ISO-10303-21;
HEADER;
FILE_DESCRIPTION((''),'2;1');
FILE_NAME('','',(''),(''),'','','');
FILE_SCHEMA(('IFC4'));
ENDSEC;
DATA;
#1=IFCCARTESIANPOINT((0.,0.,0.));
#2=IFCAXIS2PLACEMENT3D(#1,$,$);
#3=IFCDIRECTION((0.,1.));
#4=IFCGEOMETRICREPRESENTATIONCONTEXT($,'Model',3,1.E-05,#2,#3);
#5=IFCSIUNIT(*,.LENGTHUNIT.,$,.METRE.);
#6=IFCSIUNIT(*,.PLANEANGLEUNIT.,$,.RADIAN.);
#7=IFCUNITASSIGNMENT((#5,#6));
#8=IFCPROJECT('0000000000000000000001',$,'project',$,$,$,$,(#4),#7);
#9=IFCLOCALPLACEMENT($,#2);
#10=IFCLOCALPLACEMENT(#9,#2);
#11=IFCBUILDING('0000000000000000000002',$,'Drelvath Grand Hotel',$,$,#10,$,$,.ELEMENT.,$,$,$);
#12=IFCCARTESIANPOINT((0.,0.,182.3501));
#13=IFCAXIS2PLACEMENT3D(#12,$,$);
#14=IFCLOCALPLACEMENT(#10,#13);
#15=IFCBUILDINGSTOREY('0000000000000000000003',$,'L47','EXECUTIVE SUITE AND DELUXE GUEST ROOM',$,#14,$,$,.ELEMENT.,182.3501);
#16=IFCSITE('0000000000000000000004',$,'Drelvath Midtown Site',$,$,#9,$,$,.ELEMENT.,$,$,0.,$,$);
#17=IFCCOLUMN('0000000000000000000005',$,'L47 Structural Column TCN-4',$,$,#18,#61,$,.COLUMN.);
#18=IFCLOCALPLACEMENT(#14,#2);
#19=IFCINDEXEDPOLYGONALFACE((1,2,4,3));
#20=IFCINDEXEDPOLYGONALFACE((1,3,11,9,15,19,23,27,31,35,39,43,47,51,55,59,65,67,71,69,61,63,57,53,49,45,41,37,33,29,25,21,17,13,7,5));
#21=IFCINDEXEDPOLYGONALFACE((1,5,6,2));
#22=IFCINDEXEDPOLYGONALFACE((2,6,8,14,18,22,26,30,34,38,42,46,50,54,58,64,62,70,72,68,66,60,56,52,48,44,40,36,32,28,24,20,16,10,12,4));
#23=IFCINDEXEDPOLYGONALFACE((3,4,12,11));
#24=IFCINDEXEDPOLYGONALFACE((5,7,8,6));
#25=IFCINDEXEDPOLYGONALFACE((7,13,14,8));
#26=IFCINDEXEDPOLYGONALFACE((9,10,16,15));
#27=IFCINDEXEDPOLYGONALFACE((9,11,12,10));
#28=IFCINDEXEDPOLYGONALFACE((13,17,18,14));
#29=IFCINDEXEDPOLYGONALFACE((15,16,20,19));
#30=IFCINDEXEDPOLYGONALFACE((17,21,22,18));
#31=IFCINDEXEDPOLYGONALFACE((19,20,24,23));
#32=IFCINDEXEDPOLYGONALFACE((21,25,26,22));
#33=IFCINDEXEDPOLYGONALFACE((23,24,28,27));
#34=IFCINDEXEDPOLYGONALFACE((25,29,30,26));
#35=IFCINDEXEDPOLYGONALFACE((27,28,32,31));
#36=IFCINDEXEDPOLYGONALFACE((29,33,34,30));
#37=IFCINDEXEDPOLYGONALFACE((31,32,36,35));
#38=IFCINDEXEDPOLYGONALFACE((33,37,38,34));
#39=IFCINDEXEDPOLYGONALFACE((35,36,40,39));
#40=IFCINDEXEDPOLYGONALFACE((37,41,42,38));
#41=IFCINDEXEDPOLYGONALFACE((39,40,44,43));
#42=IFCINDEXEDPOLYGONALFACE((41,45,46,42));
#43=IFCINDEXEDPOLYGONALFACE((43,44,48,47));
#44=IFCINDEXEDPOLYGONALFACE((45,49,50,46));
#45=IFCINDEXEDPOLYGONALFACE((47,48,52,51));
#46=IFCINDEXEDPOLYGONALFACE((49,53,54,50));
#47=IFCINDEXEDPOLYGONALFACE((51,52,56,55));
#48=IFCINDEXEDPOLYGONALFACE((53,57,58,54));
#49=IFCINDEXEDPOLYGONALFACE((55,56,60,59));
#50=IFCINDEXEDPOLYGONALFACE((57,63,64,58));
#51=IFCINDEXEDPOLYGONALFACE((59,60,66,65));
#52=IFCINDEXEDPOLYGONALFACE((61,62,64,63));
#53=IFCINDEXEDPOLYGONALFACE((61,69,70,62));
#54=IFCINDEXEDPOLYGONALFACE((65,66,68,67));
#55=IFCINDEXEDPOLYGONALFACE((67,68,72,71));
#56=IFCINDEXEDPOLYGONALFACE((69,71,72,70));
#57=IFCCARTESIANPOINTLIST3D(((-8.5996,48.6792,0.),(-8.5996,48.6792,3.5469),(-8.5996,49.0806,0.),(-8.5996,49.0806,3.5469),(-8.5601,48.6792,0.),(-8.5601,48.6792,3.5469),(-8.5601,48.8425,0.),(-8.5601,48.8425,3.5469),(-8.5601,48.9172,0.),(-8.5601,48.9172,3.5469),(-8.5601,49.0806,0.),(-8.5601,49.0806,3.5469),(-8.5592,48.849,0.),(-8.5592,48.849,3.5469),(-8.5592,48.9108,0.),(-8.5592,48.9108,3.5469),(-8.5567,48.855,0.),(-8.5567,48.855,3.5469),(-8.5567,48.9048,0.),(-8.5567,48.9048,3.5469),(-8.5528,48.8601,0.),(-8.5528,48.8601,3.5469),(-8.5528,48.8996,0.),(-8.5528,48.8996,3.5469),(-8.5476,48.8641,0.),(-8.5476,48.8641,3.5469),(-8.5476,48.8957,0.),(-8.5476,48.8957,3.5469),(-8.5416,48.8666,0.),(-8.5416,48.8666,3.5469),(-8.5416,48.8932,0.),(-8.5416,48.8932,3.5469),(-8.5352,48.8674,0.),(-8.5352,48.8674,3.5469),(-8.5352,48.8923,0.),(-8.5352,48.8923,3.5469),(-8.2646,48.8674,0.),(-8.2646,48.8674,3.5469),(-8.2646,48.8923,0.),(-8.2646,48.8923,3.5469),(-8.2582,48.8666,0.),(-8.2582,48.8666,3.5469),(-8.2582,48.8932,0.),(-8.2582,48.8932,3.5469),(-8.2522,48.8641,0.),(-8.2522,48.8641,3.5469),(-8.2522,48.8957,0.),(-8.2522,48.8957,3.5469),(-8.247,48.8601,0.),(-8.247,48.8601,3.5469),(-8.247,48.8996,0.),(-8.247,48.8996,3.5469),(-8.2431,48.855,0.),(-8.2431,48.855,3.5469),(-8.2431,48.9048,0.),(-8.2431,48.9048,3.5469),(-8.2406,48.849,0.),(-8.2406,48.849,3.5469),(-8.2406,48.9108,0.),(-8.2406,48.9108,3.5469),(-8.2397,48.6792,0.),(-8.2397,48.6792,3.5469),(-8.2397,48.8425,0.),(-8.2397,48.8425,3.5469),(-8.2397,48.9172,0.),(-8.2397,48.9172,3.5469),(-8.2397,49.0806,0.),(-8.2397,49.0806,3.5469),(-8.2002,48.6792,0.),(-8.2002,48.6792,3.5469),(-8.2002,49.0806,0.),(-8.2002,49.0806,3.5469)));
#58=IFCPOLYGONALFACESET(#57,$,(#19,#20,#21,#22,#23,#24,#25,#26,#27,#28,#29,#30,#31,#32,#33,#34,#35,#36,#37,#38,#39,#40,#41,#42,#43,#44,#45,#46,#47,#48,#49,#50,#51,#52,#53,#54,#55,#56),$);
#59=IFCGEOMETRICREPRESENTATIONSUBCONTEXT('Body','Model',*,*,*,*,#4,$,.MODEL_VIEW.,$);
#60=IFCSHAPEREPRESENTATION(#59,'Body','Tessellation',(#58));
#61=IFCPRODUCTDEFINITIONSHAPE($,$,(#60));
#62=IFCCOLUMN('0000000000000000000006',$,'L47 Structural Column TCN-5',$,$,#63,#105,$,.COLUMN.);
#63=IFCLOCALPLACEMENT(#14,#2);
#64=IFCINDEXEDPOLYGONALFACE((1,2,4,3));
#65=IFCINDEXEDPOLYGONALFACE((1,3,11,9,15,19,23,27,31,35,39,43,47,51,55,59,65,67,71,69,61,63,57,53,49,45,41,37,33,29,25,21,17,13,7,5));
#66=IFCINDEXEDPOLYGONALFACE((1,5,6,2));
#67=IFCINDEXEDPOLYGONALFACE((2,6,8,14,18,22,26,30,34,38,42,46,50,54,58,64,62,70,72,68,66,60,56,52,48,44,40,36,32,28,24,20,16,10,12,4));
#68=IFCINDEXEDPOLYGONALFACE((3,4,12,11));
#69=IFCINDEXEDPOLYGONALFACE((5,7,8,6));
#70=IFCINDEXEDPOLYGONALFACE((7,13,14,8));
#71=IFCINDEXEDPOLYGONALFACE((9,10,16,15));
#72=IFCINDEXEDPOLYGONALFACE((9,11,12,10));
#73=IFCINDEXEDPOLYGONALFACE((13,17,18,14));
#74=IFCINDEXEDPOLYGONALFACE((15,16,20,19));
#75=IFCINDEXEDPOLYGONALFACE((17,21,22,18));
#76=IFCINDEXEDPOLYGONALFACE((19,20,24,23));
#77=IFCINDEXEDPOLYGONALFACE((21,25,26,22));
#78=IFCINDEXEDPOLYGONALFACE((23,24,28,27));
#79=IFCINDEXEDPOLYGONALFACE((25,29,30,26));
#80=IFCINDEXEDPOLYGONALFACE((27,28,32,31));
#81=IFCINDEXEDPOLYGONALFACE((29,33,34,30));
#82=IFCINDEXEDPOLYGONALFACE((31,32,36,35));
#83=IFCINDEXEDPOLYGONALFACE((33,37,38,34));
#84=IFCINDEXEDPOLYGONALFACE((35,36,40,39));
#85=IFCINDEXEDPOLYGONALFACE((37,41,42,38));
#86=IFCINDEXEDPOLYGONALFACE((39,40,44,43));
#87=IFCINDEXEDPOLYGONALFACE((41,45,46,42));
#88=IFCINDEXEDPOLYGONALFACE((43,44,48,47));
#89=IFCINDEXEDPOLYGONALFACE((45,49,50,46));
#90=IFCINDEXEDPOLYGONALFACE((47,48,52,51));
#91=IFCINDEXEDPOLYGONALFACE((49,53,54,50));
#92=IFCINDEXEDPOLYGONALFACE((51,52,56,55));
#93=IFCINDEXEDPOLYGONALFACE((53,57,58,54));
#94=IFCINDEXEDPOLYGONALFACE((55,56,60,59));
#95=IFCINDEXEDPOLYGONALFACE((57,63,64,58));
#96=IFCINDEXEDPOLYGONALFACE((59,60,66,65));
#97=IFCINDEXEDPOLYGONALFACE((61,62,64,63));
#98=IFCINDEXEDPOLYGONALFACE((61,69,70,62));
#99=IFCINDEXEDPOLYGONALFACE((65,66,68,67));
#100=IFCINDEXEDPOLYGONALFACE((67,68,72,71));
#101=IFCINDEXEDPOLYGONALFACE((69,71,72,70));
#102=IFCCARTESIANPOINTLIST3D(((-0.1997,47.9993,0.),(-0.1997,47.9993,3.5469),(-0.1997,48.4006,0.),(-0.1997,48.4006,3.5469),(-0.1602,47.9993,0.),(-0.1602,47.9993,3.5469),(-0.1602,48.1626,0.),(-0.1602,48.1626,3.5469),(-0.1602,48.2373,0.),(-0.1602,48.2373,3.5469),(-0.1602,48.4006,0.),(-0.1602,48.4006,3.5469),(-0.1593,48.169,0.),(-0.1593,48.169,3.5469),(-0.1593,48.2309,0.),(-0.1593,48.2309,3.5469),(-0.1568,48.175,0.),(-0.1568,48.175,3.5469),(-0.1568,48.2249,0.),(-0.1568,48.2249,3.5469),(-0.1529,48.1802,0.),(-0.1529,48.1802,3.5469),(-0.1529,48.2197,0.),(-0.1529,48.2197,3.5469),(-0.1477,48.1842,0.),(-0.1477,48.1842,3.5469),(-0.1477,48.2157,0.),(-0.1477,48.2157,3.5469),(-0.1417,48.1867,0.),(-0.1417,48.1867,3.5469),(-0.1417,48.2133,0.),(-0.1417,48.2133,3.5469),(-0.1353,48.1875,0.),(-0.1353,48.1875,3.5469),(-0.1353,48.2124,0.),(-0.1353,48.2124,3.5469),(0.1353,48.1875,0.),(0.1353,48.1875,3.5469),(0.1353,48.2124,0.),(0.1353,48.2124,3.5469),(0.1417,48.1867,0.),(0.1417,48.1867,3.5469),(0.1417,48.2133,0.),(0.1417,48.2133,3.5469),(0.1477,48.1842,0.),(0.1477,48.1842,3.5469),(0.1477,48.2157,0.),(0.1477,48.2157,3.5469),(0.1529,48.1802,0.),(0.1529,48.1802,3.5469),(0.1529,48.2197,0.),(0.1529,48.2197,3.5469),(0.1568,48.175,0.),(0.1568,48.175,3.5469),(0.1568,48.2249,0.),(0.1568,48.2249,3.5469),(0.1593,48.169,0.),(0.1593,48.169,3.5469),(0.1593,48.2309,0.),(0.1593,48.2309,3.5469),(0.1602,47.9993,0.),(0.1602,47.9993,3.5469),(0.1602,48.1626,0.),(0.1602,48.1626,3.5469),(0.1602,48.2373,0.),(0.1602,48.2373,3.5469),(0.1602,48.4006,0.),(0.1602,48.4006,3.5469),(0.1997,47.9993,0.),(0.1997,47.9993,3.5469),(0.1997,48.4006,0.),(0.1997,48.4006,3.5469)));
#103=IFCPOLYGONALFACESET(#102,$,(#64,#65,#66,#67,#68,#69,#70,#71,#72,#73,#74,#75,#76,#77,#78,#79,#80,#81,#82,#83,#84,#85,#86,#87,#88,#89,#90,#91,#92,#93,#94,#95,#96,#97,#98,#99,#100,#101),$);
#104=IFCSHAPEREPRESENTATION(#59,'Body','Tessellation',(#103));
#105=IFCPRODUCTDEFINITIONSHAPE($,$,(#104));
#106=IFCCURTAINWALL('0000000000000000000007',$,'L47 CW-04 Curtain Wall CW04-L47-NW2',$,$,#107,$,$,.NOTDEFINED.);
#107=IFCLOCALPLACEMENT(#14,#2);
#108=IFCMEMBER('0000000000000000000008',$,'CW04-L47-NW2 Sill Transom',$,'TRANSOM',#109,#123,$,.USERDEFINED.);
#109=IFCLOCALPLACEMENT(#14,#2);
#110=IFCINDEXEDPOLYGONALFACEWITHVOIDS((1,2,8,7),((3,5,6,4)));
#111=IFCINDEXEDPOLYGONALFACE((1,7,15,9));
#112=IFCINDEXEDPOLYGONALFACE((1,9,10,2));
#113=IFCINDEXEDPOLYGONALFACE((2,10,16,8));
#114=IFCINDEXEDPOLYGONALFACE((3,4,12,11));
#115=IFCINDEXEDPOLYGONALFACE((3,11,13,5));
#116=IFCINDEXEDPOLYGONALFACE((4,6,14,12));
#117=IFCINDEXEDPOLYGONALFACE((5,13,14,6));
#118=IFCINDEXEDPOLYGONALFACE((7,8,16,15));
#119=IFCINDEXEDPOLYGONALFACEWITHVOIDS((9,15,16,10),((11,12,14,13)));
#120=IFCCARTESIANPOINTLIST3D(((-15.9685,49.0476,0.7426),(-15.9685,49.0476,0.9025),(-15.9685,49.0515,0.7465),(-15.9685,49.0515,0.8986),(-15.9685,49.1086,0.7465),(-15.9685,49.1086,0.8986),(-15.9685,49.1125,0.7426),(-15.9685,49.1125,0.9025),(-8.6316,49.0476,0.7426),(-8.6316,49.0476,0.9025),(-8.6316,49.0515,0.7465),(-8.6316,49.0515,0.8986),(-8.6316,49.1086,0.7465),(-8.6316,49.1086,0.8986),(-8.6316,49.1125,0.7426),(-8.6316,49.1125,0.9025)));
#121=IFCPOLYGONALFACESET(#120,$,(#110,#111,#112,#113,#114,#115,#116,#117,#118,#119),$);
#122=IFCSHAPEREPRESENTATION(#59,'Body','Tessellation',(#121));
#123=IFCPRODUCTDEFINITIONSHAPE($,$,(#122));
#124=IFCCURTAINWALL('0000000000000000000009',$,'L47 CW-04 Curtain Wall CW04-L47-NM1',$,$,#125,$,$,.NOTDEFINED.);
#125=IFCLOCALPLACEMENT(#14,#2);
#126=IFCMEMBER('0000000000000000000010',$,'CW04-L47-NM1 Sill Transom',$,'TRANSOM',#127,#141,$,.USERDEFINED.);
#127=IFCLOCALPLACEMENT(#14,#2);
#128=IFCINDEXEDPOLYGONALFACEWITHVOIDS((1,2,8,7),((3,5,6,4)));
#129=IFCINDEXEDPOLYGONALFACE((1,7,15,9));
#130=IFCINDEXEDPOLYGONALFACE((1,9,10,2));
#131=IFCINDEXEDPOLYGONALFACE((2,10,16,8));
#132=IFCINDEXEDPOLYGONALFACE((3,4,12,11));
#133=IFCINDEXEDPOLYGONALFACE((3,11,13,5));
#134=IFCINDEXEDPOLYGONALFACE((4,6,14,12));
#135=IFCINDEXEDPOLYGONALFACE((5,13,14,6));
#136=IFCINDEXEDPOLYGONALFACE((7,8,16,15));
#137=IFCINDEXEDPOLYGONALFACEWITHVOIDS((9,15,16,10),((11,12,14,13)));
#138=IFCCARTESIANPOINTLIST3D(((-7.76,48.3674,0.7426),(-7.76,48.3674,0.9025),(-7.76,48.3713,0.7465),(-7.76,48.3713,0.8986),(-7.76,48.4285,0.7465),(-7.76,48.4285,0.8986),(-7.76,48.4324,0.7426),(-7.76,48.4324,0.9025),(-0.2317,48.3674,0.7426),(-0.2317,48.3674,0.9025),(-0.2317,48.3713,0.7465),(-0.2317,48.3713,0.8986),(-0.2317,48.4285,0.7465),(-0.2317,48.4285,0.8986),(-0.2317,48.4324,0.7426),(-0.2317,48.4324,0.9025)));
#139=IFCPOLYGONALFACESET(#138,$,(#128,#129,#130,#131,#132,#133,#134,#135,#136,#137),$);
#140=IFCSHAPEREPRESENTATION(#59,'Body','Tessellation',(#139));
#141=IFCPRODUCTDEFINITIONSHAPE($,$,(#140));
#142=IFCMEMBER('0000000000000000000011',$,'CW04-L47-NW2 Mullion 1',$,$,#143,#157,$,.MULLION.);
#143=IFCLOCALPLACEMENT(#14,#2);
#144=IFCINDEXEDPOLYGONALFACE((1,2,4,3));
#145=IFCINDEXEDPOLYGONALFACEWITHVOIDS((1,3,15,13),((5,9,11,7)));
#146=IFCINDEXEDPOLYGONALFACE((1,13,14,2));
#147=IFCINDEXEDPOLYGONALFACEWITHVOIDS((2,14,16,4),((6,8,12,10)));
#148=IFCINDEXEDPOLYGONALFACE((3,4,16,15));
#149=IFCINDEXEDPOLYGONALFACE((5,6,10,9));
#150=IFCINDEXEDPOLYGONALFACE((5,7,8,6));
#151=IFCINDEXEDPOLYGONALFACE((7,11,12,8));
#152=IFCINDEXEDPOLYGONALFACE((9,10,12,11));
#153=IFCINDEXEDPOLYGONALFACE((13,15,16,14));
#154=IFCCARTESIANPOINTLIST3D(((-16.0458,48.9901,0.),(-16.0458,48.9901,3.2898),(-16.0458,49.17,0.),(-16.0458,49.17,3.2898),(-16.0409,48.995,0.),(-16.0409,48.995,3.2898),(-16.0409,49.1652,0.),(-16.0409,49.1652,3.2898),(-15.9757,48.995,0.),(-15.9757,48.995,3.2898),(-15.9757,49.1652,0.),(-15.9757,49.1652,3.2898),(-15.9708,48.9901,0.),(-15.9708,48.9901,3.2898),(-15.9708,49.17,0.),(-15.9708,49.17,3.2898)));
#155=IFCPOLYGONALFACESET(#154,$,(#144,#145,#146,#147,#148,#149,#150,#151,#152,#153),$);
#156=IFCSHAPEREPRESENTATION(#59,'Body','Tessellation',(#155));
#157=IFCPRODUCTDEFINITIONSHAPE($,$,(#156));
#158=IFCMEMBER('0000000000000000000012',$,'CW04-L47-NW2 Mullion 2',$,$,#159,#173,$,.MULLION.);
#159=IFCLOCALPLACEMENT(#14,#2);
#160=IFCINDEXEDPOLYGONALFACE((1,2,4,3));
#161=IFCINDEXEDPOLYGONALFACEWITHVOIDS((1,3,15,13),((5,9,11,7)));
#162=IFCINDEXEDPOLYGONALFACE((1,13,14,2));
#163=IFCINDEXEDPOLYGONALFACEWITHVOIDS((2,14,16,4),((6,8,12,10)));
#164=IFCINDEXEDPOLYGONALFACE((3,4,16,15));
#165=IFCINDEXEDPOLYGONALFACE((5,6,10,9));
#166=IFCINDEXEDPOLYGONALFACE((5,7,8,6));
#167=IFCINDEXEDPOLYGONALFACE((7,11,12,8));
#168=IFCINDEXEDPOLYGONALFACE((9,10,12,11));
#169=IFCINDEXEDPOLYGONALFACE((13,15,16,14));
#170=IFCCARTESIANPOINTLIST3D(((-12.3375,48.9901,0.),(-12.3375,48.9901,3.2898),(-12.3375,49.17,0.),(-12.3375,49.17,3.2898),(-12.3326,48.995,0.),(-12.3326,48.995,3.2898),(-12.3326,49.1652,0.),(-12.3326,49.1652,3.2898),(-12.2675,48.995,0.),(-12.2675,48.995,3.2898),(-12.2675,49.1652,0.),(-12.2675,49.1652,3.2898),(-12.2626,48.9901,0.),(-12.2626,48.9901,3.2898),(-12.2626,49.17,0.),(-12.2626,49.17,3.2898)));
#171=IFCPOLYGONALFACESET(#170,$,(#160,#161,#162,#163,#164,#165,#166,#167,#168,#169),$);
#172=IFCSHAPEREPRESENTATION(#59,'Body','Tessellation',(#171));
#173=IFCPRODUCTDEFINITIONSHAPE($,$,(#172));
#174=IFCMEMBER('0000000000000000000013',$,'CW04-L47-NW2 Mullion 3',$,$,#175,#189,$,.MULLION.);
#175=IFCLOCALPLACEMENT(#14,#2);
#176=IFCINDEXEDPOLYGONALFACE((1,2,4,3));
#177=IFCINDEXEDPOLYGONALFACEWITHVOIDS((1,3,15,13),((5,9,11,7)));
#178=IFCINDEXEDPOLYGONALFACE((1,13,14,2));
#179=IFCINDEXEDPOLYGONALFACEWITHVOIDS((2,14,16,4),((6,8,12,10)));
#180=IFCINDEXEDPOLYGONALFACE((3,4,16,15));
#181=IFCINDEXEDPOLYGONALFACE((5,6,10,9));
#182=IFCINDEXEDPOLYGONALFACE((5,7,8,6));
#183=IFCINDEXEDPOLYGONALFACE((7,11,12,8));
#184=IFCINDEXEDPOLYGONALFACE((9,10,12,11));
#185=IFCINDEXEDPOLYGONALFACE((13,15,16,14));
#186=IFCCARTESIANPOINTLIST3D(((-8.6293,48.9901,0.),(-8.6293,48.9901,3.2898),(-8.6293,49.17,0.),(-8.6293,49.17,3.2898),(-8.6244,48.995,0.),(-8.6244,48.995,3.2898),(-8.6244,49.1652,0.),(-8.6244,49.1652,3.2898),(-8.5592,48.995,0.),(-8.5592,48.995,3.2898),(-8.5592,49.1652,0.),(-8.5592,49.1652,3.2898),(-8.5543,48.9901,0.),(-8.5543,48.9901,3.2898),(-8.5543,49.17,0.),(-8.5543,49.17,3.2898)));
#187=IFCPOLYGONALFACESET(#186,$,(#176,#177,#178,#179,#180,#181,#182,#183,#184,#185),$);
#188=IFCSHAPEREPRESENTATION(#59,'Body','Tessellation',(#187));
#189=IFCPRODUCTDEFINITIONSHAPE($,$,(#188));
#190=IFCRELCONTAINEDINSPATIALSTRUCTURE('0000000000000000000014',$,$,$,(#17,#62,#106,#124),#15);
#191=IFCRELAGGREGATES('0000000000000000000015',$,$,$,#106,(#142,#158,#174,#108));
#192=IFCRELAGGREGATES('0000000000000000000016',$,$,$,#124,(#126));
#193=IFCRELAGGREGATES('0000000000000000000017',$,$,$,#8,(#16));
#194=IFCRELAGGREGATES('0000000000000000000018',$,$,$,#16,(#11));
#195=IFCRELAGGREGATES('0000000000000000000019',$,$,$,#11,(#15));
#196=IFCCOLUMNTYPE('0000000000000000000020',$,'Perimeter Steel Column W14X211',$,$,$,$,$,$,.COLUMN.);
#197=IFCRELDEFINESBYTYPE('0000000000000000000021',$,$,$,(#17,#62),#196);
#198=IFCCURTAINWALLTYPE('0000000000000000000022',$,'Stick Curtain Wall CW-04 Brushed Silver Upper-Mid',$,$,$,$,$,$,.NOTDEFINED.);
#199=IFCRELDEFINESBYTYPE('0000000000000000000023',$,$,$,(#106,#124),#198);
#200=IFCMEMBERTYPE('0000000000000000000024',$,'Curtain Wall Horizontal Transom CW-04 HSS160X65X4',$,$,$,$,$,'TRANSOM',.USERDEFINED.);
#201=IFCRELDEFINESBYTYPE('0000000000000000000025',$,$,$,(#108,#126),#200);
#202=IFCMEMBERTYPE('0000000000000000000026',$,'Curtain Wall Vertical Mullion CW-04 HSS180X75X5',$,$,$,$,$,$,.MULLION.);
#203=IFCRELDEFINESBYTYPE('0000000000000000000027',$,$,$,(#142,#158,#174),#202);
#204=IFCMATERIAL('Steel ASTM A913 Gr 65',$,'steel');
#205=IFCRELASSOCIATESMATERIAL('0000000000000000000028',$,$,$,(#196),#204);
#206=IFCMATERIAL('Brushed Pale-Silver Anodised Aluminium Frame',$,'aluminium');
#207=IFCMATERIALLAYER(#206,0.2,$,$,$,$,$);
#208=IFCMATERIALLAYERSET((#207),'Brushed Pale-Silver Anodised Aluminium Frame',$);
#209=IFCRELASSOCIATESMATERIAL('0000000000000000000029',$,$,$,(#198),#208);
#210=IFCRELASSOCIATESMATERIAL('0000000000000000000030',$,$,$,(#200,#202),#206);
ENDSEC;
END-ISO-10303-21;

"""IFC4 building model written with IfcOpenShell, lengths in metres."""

from ifc_helpers import new_model, si_unit, direction, frame, origin, origin_2d, place, context, subcontext, project, spatial, hollow_rectangle, i_section, extrude, material, layer, layer_set, material_profile, profile_set, type_object, element, aggregate, save


model = new_model("IFC4")

# Units and contexts
model_context = context("Model", 3, precision=1e-05, world=origin(), true_north=direction((0.0, 1.0)))
body_context = subcontext(model_context, "Body", "Model", "MODEL_VIEW")
ifc_project = project(units=[si_unit("LENGTHUNIT", "METRE"), si_unit("PLANEANGLEUNIT", "RADIAN")], contexts=[model_context])

# Site, building, storey
site_placement = place(None, origin())
site = spatial("IfcSite", under=ifc_project, at=site_placement, Name="Drelvath Midtown Site", CompositionType="ELEMENT", RefElevation=0.0)
building_placement = place(site_placement, origin())
building = spatial("IfcBuilding", under=site, at=building_placement, Name="Drelvath Grand Hotel", CompositionType="ELEMENT")
storey_placement = place(building_placement, frame((0.0, 0.0, 182.3501)))
storey = spatial("IfcBuildingStorey", under=building, at=storey_placement, Name="L47", Description="EXECUTIVE SUITE AND DELUXE GUEST ROOM", CompositionType="ELEMENT", Elevation=182.3501)

# Columns
ifc_material_1 = material(Name="Steel ASTM A913 Gr 65", Category="steel")
ifc_material_profile_1 = material_profile(ifc_material_1, i_section(OverallWidth=0.4014, OverallDepth=0.3994, WebThickness=0.0249, FlangeThickness=0.0396, FilletRadius=0.0249, at=origin_2d()), Name="W14X211")
ifc_profile_set_1 = profile_set([ifc_material_profile_1], Name="Steel ASTM A913 Gr 65")
column_type = type_object("IfcColumnType", Name="Perimeter Steel Column W14X211", PredefinedType="COLUMN", material=ifc_profile_set_1)
for number, where, z_axis, x_axis, name in (
    (1, (-8.3999, 48.8799, 0.0), (0.0, 0.0, 1.0), (0.0, 1.0, 0.0), "L47 Structural Column TCN-4"),
    (2, (0.0, 48.2, 0.0), (0.0, 0.0, 1.0), (0.0, 1.0, 0.0), "L47 Structural Column TCN-5"),
):
    element("IfcColumn", number, at=place(storey_placement, frame(where, z_axis=z_axis, x_axis=x_axis)), inside=storey, type_object=column_type, Name=name, PredefinedType="COLUMN", context=body_context, shape_type="SweptSolid", body=[
        extrude(i_section(OverallWidth=0.4014, OverallDepth=0.3994, WebThickness=0.0249, FlangeThickness=0.0396, FilletRadius=0.0249, at=origin_2d()), origin(), (0.0, 0.0, 1.0), 3.5469),
    ])

# Curtain walls, members
ifc_material_2 = material(Name="Brushed Pale-Silver Anodised Aluminium Frame", Category="aluminium")
ifc_layer_1 = layer(ifc_material_2, 0.2)
ifc_layer_set_1 = layer_set([ifc_layer_1], Name="Brushed Pale-Silver Anodised Aluminium Frame")
curtain_wall_type = type_object("IfcCurtainWallType", Name="Stick Curtain Wall CW-04 Brushed Silver Upper-Mid", PredefinedType="NOTDEFINED", material=ifc_layer_set_1)
curtain_wall_1_placement = place(storey_placement, origin())
curtain_wall_1 = element("IfcCurtainWall", 3, at=curtain_wall_1_placement, inside=storey, type_object=curtain_wall_type, Name="L47 CW-04 Curtain Wall CW04-L47-NW2", PredefinedType="NOTDEFINED")
ifc_material_profile_2 = material_profile(ifc_material_2, hollow_rectangle(XDim=0.0649, YDim=0.1599, WallThickness=0.0039, at=origin_2d()), Name="HSS160X65X4")
ifc_profile_set_2 = profile_set([ifc_material_profile_2], Name="Brushed Pale-Silver Anodised Aluminium Frame")
member_type_1 = type_object("IfcMemberType", Name="Curtain Wall Horizontal Transom CW-04 HSS160X65X4", ElementType="TRANSOM", PredefinedType="USERDEFINED", material=ifc_profile_set_2)
member_1_placement = place(storey_placement, frame((-15.9685, 49.0801, 0.8225), z_axis=(1.0, 0.0, 0.0), x_axis=(0.0, 1.0, 0.0)))
member_1 = element("IfcMember", 4, at=member_1_placement, type_object=member_type_1, Name="CW04-L47-NW2 Sill Transom", ObjectType="TRANSOM", PredefinedType="USERDEFINED", context=body_context, shape_type="SweptSolid", body=[
    extrude(hollow_rectangle(XDim=0.0649, YDim=0.1599, WallThickness=0.0039, at=origin_2d()), origin(), (0.0, 0.0, 1.0), 7.3369),
])
curtain_wall_2_placement = place(storey_placement, origin())
curtain_wall_2 = element("IfcCurtainWall", 5, at=curtain_wall_2_placement, inside=storey, type_object=curtain_wall_type, Name="L47 CW-04 Curtain Wall CW04-L47-NM1", PredefinedType="NOTDEFINED")
member_2_placement = place(storey_placement, frame((-7.76, 48.3999, 0.8225), z_axis=(1.0, 0.0, 0.0), x_axis=(0.0, 1.0, 0.0)))
member_2 = element("IfcMember", 6, at=member_2_placement, type_object=member_type_1, Name="CW04-L47-NM1 Sill Transom", ObjectType="TRANSOM", PredefinedType="USERDEFINED", context=body_context, shape_type="SweptSolid", body=[
    extrude(hollow_rectangle(XDim=0.0649, YDim=0.1599, WallThickness=0.0039, at=origin_2d()), origin(), (0.0, 0.0, 1.0), 7.5283),
])

# Members
ifc_material_profile_3 = material_profile(ifc_material_2, hollow_rectangle(XDim=0.075, YDim=0.1799, WallThickness=0.0049, at=origin_2d()), Name="HSS180X75X5")
ifc_profile_set_3 = profile_set([ifc_material_profile_3], Name="Brushed Pale-Silver Anodised Aluminium Frame")
member_type_2 = type_object("IfcMemberType", Name="Curtain Wall Vertical Mullion CW-04 HSS180X75X5", PredefinedType="MULLION", material=ifc_profile_set_3)
member_3_placement = place(storey_placement, frame((-16.0083, 49.0801, 0.0), z_axis=(0.0, 0.0, 1.0), x_axis=(1.0, 0.0, 0.0)))
member_3 = element("IfcMember", 7, at=member_3_placement, type_object=member_type_2, Name="CW04-L47-NW2 Mullion 1", PredefinedType="MULLION", context=body_context, shape_type="SweptSolid", body=[
    extrude(hollow_rectangle(XDim=0.075, YDim=0.1799, WallThickness=0.0049, at=origin_2d()), origin(), (0.0, 0.0, 1.0), 3.2898),
])
member_4_placement = place(storey_placement, frame((-12.3, 49.0801, 0.0), z_axis=(0.0, 0.0, 1.0), x_axis=(1.0, 0.0, 0.0)))
member_4 = element("IfcMember", 8, at=member_4_placement, type_object=member_type_2, Name="CW04-L47-NW2 Mullion 2", PredefinedType="MULLION", context=body_context, shape_type="SweptSolid", body=[
    extrude(hollow_rectangle(XDim=0.075, YDim=0.1799, WallThickness=0.0049, at=origin_2d()), origin(), (0.0, 0.0, 1.0), 3.2898),
])
member_5_placement = place(storey_placement, frame((-8.5918, 49.0801, 0.0), z_axis=(0.0, 0.0, 1.0), x_axis=(1.0, 0.0, 0.0)))
member_5 = element("IfcMember", 9, at=member_5_placement, type_object=member_type_2, Name="CW04-L47-NW2 Mullion 3", PredefinedType="MULLION", context=body_context, shape_type="SweptSolid", body=[
    extrude(hollow_rectangle(XDim=0.075, YDim=0.1799, WallThickness=0.0049, at=origin_2d()), origin(), (0.0, 0.0, 1.0), 3.2898),
])

aggregate(curtain_wall_1, [member_3, member_4, member_5, member_1])
aggregate(curtain_wall_2, [member_2])

save(model, "model.ifc")
